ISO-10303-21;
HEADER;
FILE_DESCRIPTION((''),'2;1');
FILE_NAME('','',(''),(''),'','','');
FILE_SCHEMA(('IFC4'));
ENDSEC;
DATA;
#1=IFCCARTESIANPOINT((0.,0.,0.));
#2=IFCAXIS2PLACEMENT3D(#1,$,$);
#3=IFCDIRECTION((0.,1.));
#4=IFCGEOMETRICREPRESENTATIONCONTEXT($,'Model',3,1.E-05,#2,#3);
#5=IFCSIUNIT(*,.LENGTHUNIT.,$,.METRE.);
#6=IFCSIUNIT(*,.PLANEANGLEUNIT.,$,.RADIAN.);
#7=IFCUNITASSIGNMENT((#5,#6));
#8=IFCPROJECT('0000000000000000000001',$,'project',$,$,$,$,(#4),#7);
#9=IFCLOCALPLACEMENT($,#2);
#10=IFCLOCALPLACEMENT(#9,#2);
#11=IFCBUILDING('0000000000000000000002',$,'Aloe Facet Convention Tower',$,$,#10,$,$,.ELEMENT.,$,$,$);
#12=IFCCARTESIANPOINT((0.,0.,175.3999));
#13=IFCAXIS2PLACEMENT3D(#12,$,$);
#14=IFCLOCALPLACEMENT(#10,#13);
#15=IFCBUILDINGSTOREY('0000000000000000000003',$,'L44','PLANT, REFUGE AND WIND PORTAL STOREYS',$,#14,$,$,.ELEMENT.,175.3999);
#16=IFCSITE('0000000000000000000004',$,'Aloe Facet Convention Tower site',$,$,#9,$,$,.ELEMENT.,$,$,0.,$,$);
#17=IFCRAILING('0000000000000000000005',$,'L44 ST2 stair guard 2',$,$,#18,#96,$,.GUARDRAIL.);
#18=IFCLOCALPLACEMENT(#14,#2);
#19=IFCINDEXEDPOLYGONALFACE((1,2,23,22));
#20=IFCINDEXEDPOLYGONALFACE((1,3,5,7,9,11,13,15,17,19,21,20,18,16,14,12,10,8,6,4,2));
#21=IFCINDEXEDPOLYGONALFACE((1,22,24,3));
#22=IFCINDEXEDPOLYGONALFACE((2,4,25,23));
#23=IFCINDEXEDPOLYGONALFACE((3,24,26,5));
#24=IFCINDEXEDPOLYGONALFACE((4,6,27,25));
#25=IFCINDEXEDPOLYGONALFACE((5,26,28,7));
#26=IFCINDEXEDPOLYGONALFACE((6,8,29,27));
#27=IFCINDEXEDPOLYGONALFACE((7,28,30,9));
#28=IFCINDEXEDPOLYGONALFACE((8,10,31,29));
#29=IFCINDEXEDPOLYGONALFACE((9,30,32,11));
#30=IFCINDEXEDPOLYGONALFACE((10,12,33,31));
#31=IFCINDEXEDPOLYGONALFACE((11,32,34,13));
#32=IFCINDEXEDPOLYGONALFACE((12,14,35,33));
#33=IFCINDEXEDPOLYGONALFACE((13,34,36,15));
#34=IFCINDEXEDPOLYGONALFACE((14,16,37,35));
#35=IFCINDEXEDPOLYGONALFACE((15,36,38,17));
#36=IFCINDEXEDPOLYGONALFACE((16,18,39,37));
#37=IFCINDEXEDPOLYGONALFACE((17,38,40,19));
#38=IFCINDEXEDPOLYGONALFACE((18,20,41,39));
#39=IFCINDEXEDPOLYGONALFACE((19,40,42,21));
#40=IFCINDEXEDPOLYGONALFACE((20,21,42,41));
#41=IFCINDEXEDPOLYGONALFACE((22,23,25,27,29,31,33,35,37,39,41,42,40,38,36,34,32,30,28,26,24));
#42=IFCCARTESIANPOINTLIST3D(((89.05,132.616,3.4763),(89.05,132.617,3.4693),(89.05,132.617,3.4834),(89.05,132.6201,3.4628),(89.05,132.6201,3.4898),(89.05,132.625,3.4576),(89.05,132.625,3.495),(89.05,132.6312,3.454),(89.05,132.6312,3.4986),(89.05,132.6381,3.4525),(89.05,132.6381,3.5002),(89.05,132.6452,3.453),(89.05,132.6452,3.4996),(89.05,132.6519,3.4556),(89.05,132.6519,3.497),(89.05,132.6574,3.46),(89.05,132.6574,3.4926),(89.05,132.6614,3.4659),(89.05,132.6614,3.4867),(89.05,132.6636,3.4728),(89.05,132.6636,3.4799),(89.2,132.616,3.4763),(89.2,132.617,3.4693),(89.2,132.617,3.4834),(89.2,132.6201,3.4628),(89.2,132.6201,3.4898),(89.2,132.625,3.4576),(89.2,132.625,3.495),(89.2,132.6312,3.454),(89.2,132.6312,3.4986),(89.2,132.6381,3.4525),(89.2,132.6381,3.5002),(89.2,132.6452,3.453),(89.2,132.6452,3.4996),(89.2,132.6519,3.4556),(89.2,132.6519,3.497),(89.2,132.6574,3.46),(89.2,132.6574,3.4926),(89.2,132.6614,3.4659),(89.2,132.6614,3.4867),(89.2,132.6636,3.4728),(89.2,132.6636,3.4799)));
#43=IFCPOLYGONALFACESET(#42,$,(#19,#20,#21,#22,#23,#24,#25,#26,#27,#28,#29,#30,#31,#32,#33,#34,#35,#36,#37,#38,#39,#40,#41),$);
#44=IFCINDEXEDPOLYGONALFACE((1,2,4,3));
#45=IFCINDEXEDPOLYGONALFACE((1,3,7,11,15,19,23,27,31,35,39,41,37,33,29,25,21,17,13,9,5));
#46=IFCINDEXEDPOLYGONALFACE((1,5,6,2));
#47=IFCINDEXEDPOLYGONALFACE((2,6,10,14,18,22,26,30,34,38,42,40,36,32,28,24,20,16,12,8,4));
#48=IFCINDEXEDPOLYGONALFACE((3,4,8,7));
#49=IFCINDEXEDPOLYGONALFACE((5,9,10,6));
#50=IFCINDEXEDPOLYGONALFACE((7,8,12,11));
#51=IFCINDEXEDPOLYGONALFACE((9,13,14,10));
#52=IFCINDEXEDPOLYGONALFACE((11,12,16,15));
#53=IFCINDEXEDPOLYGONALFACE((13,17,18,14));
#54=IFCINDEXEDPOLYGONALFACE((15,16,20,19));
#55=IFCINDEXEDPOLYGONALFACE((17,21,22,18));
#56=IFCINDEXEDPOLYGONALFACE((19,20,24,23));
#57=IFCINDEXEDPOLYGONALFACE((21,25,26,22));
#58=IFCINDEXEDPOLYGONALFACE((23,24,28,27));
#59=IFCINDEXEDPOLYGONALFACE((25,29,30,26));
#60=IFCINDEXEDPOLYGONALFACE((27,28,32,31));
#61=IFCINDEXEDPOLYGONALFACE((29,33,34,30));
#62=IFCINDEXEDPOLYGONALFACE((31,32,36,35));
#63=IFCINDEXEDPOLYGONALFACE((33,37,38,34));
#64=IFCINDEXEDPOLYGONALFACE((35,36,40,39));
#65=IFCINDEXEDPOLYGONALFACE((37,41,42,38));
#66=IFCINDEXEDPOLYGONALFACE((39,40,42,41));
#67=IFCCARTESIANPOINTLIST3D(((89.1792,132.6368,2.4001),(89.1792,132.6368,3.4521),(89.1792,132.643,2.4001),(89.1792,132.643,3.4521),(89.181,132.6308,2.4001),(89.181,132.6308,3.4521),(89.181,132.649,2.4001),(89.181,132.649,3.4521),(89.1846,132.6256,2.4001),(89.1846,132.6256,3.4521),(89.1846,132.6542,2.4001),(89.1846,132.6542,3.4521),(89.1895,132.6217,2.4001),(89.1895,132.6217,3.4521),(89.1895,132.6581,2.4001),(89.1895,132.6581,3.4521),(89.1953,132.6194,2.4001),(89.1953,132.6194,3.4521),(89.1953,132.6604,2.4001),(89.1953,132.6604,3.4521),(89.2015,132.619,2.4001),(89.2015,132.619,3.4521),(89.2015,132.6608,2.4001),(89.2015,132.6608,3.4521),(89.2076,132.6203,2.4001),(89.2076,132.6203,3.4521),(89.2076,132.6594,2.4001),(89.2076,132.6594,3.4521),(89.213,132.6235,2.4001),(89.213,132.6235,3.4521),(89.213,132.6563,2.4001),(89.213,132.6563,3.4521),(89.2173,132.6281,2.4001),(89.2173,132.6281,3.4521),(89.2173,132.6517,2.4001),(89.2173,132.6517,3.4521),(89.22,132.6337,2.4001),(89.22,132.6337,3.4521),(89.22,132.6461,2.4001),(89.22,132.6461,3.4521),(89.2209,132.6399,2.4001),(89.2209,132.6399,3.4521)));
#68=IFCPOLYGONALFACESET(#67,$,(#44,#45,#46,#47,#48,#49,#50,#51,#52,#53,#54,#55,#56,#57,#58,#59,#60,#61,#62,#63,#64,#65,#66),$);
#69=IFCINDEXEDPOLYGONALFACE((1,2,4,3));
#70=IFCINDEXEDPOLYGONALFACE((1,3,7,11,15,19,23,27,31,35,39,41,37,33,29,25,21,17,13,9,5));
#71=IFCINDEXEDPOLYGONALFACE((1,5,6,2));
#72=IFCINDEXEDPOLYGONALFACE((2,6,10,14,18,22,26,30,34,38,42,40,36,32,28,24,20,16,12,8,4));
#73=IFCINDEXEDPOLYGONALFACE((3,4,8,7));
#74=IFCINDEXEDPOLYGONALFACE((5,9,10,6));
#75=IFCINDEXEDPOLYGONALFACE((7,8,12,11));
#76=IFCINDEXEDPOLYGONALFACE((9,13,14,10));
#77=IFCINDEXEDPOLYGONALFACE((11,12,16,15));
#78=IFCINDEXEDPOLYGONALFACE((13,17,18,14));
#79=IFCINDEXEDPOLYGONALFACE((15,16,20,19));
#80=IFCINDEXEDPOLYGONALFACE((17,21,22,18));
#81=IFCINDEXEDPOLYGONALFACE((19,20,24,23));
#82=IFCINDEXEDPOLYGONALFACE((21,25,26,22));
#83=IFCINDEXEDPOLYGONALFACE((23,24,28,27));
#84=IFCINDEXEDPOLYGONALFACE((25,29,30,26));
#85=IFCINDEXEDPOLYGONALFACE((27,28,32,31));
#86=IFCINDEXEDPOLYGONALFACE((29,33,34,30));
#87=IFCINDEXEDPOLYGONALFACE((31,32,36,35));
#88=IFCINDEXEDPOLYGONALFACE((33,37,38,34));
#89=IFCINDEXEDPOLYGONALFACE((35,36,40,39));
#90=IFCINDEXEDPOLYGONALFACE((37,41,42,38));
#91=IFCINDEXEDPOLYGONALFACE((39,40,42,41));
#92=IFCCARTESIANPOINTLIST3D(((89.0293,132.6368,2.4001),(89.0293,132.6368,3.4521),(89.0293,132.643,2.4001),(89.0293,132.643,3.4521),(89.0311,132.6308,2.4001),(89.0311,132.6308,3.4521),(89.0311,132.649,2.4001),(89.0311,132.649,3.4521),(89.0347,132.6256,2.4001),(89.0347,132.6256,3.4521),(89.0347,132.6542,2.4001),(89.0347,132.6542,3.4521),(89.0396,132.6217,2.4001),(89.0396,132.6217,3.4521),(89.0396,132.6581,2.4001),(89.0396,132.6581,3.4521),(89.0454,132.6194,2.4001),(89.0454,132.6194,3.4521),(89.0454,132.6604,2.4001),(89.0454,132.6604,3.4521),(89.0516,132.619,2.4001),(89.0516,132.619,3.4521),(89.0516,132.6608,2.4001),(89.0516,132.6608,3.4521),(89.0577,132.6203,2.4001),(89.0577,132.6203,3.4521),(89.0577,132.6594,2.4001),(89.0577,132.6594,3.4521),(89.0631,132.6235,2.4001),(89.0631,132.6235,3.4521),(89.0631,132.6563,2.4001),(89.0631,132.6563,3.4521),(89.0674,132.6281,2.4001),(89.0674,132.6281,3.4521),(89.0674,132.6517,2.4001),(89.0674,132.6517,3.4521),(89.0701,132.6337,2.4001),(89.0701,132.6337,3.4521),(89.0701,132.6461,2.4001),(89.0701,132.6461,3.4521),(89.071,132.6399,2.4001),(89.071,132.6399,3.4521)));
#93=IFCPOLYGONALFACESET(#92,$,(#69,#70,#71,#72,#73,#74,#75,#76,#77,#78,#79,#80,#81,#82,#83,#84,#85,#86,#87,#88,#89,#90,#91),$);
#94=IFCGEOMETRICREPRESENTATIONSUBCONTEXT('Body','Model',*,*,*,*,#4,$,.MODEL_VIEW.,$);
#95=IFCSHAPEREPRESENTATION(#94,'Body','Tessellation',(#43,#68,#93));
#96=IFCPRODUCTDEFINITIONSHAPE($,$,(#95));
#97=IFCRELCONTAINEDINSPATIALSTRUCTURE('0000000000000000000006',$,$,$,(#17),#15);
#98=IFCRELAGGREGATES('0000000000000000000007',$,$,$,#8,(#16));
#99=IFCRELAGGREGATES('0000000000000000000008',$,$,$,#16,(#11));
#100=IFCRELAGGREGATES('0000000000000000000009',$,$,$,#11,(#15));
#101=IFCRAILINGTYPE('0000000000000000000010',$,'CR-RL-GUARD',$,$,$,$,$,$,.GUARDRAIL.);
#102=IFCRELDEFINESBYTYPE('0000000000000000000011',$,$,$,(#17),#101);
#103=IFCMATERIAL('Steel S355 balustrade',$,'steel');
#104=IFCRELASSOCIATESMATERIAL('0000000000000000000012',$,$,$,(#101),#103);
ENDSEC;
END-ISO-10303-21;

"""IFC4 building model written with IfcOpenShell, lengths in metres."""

from ifc_helpers import new_model, si_unit, direction, frame, origin, origin_2d, place, context, subcontext, project, spatial, circle, extrude, material, type_object, element, save


model = new_model("IFC4")

# Units and contexts
model_context = context("Model", 3, precision=1e-05, world=origin(), true_north=direction((0.0, 1.0)))
body_context = subcontext(model_context, "Body", "Model", "MODEL_VIEW")
ifc_project = project(units=[si_unit("LENGTHUNIT", "METRE"), si_unit("PLANEANGLEUNIT", "RADIAN")], contexts=[model_context])

# Site, building, storey
site_placement = place(None, origin())
site = spatial("IfcSite", under=ifc_project, at=site_placement, Name="Aloe Facet Convention Tower site", CompositionType="ELEMENT", RefElevation=0.0)
building_placement = place(site_placement, origin())
building = spatial("IfcBuilding", under=site, at=building_placement, Name="Aloe Facet Convention Tower", CompositionType="ELEMENT")
storey_placement = place(building_placement, frame((0.0, 0.0, 175.3999)))
storey = spatial("IfcBuildingStorey", under=building, at=storey_placement, Name="L44", Description="PLANT, REFUGE AND WIND PORTAL STOREYS", CompositionType="ELEMENT", Elevation=175.3999)

# Railing
ifc_material_1 = material(Name="Steel S355 balustrade", Category="steel")
railing_type_1 = type_object("IfcRailingType", Name="CR-RL-GUARD", PredefinedType="GUARDRAIL", material=ifc_material_1)
railing_1_placement = place(storey_placement, frame((89.2, 132.6399, 2.4001)))
element("IfcRailing", 1, at=railing_1_placement, inside=storey, type_object=railing_type_1, Name="L44 ST2 stair guard 2", PredefinedType="GUARDRAIL", context=body_context, shape_type="SweptSolid", body=[
    extrude(circle(Radius=0.0239, at=origin_2d()), frame((0.0, 0.0, 1.0762), z_axis=(-1.0, 0.0, 0.0), x_axis=(0.0, -1.0, 0.0)), (0.0, 0.0, 1.0), 0.1499),
    extrude(circle(Radius=0.021, at=origin_2d()), origin(), (0.0, 0.0, 1.0), 1.052),
    extrude(circle(Radius=0.021, at=origin_2d()), frame((-0.1499, 0.0, 0.0)), (0.0, 0.0, 1.0), 1.052),
])

save(model, "model.ifc")
